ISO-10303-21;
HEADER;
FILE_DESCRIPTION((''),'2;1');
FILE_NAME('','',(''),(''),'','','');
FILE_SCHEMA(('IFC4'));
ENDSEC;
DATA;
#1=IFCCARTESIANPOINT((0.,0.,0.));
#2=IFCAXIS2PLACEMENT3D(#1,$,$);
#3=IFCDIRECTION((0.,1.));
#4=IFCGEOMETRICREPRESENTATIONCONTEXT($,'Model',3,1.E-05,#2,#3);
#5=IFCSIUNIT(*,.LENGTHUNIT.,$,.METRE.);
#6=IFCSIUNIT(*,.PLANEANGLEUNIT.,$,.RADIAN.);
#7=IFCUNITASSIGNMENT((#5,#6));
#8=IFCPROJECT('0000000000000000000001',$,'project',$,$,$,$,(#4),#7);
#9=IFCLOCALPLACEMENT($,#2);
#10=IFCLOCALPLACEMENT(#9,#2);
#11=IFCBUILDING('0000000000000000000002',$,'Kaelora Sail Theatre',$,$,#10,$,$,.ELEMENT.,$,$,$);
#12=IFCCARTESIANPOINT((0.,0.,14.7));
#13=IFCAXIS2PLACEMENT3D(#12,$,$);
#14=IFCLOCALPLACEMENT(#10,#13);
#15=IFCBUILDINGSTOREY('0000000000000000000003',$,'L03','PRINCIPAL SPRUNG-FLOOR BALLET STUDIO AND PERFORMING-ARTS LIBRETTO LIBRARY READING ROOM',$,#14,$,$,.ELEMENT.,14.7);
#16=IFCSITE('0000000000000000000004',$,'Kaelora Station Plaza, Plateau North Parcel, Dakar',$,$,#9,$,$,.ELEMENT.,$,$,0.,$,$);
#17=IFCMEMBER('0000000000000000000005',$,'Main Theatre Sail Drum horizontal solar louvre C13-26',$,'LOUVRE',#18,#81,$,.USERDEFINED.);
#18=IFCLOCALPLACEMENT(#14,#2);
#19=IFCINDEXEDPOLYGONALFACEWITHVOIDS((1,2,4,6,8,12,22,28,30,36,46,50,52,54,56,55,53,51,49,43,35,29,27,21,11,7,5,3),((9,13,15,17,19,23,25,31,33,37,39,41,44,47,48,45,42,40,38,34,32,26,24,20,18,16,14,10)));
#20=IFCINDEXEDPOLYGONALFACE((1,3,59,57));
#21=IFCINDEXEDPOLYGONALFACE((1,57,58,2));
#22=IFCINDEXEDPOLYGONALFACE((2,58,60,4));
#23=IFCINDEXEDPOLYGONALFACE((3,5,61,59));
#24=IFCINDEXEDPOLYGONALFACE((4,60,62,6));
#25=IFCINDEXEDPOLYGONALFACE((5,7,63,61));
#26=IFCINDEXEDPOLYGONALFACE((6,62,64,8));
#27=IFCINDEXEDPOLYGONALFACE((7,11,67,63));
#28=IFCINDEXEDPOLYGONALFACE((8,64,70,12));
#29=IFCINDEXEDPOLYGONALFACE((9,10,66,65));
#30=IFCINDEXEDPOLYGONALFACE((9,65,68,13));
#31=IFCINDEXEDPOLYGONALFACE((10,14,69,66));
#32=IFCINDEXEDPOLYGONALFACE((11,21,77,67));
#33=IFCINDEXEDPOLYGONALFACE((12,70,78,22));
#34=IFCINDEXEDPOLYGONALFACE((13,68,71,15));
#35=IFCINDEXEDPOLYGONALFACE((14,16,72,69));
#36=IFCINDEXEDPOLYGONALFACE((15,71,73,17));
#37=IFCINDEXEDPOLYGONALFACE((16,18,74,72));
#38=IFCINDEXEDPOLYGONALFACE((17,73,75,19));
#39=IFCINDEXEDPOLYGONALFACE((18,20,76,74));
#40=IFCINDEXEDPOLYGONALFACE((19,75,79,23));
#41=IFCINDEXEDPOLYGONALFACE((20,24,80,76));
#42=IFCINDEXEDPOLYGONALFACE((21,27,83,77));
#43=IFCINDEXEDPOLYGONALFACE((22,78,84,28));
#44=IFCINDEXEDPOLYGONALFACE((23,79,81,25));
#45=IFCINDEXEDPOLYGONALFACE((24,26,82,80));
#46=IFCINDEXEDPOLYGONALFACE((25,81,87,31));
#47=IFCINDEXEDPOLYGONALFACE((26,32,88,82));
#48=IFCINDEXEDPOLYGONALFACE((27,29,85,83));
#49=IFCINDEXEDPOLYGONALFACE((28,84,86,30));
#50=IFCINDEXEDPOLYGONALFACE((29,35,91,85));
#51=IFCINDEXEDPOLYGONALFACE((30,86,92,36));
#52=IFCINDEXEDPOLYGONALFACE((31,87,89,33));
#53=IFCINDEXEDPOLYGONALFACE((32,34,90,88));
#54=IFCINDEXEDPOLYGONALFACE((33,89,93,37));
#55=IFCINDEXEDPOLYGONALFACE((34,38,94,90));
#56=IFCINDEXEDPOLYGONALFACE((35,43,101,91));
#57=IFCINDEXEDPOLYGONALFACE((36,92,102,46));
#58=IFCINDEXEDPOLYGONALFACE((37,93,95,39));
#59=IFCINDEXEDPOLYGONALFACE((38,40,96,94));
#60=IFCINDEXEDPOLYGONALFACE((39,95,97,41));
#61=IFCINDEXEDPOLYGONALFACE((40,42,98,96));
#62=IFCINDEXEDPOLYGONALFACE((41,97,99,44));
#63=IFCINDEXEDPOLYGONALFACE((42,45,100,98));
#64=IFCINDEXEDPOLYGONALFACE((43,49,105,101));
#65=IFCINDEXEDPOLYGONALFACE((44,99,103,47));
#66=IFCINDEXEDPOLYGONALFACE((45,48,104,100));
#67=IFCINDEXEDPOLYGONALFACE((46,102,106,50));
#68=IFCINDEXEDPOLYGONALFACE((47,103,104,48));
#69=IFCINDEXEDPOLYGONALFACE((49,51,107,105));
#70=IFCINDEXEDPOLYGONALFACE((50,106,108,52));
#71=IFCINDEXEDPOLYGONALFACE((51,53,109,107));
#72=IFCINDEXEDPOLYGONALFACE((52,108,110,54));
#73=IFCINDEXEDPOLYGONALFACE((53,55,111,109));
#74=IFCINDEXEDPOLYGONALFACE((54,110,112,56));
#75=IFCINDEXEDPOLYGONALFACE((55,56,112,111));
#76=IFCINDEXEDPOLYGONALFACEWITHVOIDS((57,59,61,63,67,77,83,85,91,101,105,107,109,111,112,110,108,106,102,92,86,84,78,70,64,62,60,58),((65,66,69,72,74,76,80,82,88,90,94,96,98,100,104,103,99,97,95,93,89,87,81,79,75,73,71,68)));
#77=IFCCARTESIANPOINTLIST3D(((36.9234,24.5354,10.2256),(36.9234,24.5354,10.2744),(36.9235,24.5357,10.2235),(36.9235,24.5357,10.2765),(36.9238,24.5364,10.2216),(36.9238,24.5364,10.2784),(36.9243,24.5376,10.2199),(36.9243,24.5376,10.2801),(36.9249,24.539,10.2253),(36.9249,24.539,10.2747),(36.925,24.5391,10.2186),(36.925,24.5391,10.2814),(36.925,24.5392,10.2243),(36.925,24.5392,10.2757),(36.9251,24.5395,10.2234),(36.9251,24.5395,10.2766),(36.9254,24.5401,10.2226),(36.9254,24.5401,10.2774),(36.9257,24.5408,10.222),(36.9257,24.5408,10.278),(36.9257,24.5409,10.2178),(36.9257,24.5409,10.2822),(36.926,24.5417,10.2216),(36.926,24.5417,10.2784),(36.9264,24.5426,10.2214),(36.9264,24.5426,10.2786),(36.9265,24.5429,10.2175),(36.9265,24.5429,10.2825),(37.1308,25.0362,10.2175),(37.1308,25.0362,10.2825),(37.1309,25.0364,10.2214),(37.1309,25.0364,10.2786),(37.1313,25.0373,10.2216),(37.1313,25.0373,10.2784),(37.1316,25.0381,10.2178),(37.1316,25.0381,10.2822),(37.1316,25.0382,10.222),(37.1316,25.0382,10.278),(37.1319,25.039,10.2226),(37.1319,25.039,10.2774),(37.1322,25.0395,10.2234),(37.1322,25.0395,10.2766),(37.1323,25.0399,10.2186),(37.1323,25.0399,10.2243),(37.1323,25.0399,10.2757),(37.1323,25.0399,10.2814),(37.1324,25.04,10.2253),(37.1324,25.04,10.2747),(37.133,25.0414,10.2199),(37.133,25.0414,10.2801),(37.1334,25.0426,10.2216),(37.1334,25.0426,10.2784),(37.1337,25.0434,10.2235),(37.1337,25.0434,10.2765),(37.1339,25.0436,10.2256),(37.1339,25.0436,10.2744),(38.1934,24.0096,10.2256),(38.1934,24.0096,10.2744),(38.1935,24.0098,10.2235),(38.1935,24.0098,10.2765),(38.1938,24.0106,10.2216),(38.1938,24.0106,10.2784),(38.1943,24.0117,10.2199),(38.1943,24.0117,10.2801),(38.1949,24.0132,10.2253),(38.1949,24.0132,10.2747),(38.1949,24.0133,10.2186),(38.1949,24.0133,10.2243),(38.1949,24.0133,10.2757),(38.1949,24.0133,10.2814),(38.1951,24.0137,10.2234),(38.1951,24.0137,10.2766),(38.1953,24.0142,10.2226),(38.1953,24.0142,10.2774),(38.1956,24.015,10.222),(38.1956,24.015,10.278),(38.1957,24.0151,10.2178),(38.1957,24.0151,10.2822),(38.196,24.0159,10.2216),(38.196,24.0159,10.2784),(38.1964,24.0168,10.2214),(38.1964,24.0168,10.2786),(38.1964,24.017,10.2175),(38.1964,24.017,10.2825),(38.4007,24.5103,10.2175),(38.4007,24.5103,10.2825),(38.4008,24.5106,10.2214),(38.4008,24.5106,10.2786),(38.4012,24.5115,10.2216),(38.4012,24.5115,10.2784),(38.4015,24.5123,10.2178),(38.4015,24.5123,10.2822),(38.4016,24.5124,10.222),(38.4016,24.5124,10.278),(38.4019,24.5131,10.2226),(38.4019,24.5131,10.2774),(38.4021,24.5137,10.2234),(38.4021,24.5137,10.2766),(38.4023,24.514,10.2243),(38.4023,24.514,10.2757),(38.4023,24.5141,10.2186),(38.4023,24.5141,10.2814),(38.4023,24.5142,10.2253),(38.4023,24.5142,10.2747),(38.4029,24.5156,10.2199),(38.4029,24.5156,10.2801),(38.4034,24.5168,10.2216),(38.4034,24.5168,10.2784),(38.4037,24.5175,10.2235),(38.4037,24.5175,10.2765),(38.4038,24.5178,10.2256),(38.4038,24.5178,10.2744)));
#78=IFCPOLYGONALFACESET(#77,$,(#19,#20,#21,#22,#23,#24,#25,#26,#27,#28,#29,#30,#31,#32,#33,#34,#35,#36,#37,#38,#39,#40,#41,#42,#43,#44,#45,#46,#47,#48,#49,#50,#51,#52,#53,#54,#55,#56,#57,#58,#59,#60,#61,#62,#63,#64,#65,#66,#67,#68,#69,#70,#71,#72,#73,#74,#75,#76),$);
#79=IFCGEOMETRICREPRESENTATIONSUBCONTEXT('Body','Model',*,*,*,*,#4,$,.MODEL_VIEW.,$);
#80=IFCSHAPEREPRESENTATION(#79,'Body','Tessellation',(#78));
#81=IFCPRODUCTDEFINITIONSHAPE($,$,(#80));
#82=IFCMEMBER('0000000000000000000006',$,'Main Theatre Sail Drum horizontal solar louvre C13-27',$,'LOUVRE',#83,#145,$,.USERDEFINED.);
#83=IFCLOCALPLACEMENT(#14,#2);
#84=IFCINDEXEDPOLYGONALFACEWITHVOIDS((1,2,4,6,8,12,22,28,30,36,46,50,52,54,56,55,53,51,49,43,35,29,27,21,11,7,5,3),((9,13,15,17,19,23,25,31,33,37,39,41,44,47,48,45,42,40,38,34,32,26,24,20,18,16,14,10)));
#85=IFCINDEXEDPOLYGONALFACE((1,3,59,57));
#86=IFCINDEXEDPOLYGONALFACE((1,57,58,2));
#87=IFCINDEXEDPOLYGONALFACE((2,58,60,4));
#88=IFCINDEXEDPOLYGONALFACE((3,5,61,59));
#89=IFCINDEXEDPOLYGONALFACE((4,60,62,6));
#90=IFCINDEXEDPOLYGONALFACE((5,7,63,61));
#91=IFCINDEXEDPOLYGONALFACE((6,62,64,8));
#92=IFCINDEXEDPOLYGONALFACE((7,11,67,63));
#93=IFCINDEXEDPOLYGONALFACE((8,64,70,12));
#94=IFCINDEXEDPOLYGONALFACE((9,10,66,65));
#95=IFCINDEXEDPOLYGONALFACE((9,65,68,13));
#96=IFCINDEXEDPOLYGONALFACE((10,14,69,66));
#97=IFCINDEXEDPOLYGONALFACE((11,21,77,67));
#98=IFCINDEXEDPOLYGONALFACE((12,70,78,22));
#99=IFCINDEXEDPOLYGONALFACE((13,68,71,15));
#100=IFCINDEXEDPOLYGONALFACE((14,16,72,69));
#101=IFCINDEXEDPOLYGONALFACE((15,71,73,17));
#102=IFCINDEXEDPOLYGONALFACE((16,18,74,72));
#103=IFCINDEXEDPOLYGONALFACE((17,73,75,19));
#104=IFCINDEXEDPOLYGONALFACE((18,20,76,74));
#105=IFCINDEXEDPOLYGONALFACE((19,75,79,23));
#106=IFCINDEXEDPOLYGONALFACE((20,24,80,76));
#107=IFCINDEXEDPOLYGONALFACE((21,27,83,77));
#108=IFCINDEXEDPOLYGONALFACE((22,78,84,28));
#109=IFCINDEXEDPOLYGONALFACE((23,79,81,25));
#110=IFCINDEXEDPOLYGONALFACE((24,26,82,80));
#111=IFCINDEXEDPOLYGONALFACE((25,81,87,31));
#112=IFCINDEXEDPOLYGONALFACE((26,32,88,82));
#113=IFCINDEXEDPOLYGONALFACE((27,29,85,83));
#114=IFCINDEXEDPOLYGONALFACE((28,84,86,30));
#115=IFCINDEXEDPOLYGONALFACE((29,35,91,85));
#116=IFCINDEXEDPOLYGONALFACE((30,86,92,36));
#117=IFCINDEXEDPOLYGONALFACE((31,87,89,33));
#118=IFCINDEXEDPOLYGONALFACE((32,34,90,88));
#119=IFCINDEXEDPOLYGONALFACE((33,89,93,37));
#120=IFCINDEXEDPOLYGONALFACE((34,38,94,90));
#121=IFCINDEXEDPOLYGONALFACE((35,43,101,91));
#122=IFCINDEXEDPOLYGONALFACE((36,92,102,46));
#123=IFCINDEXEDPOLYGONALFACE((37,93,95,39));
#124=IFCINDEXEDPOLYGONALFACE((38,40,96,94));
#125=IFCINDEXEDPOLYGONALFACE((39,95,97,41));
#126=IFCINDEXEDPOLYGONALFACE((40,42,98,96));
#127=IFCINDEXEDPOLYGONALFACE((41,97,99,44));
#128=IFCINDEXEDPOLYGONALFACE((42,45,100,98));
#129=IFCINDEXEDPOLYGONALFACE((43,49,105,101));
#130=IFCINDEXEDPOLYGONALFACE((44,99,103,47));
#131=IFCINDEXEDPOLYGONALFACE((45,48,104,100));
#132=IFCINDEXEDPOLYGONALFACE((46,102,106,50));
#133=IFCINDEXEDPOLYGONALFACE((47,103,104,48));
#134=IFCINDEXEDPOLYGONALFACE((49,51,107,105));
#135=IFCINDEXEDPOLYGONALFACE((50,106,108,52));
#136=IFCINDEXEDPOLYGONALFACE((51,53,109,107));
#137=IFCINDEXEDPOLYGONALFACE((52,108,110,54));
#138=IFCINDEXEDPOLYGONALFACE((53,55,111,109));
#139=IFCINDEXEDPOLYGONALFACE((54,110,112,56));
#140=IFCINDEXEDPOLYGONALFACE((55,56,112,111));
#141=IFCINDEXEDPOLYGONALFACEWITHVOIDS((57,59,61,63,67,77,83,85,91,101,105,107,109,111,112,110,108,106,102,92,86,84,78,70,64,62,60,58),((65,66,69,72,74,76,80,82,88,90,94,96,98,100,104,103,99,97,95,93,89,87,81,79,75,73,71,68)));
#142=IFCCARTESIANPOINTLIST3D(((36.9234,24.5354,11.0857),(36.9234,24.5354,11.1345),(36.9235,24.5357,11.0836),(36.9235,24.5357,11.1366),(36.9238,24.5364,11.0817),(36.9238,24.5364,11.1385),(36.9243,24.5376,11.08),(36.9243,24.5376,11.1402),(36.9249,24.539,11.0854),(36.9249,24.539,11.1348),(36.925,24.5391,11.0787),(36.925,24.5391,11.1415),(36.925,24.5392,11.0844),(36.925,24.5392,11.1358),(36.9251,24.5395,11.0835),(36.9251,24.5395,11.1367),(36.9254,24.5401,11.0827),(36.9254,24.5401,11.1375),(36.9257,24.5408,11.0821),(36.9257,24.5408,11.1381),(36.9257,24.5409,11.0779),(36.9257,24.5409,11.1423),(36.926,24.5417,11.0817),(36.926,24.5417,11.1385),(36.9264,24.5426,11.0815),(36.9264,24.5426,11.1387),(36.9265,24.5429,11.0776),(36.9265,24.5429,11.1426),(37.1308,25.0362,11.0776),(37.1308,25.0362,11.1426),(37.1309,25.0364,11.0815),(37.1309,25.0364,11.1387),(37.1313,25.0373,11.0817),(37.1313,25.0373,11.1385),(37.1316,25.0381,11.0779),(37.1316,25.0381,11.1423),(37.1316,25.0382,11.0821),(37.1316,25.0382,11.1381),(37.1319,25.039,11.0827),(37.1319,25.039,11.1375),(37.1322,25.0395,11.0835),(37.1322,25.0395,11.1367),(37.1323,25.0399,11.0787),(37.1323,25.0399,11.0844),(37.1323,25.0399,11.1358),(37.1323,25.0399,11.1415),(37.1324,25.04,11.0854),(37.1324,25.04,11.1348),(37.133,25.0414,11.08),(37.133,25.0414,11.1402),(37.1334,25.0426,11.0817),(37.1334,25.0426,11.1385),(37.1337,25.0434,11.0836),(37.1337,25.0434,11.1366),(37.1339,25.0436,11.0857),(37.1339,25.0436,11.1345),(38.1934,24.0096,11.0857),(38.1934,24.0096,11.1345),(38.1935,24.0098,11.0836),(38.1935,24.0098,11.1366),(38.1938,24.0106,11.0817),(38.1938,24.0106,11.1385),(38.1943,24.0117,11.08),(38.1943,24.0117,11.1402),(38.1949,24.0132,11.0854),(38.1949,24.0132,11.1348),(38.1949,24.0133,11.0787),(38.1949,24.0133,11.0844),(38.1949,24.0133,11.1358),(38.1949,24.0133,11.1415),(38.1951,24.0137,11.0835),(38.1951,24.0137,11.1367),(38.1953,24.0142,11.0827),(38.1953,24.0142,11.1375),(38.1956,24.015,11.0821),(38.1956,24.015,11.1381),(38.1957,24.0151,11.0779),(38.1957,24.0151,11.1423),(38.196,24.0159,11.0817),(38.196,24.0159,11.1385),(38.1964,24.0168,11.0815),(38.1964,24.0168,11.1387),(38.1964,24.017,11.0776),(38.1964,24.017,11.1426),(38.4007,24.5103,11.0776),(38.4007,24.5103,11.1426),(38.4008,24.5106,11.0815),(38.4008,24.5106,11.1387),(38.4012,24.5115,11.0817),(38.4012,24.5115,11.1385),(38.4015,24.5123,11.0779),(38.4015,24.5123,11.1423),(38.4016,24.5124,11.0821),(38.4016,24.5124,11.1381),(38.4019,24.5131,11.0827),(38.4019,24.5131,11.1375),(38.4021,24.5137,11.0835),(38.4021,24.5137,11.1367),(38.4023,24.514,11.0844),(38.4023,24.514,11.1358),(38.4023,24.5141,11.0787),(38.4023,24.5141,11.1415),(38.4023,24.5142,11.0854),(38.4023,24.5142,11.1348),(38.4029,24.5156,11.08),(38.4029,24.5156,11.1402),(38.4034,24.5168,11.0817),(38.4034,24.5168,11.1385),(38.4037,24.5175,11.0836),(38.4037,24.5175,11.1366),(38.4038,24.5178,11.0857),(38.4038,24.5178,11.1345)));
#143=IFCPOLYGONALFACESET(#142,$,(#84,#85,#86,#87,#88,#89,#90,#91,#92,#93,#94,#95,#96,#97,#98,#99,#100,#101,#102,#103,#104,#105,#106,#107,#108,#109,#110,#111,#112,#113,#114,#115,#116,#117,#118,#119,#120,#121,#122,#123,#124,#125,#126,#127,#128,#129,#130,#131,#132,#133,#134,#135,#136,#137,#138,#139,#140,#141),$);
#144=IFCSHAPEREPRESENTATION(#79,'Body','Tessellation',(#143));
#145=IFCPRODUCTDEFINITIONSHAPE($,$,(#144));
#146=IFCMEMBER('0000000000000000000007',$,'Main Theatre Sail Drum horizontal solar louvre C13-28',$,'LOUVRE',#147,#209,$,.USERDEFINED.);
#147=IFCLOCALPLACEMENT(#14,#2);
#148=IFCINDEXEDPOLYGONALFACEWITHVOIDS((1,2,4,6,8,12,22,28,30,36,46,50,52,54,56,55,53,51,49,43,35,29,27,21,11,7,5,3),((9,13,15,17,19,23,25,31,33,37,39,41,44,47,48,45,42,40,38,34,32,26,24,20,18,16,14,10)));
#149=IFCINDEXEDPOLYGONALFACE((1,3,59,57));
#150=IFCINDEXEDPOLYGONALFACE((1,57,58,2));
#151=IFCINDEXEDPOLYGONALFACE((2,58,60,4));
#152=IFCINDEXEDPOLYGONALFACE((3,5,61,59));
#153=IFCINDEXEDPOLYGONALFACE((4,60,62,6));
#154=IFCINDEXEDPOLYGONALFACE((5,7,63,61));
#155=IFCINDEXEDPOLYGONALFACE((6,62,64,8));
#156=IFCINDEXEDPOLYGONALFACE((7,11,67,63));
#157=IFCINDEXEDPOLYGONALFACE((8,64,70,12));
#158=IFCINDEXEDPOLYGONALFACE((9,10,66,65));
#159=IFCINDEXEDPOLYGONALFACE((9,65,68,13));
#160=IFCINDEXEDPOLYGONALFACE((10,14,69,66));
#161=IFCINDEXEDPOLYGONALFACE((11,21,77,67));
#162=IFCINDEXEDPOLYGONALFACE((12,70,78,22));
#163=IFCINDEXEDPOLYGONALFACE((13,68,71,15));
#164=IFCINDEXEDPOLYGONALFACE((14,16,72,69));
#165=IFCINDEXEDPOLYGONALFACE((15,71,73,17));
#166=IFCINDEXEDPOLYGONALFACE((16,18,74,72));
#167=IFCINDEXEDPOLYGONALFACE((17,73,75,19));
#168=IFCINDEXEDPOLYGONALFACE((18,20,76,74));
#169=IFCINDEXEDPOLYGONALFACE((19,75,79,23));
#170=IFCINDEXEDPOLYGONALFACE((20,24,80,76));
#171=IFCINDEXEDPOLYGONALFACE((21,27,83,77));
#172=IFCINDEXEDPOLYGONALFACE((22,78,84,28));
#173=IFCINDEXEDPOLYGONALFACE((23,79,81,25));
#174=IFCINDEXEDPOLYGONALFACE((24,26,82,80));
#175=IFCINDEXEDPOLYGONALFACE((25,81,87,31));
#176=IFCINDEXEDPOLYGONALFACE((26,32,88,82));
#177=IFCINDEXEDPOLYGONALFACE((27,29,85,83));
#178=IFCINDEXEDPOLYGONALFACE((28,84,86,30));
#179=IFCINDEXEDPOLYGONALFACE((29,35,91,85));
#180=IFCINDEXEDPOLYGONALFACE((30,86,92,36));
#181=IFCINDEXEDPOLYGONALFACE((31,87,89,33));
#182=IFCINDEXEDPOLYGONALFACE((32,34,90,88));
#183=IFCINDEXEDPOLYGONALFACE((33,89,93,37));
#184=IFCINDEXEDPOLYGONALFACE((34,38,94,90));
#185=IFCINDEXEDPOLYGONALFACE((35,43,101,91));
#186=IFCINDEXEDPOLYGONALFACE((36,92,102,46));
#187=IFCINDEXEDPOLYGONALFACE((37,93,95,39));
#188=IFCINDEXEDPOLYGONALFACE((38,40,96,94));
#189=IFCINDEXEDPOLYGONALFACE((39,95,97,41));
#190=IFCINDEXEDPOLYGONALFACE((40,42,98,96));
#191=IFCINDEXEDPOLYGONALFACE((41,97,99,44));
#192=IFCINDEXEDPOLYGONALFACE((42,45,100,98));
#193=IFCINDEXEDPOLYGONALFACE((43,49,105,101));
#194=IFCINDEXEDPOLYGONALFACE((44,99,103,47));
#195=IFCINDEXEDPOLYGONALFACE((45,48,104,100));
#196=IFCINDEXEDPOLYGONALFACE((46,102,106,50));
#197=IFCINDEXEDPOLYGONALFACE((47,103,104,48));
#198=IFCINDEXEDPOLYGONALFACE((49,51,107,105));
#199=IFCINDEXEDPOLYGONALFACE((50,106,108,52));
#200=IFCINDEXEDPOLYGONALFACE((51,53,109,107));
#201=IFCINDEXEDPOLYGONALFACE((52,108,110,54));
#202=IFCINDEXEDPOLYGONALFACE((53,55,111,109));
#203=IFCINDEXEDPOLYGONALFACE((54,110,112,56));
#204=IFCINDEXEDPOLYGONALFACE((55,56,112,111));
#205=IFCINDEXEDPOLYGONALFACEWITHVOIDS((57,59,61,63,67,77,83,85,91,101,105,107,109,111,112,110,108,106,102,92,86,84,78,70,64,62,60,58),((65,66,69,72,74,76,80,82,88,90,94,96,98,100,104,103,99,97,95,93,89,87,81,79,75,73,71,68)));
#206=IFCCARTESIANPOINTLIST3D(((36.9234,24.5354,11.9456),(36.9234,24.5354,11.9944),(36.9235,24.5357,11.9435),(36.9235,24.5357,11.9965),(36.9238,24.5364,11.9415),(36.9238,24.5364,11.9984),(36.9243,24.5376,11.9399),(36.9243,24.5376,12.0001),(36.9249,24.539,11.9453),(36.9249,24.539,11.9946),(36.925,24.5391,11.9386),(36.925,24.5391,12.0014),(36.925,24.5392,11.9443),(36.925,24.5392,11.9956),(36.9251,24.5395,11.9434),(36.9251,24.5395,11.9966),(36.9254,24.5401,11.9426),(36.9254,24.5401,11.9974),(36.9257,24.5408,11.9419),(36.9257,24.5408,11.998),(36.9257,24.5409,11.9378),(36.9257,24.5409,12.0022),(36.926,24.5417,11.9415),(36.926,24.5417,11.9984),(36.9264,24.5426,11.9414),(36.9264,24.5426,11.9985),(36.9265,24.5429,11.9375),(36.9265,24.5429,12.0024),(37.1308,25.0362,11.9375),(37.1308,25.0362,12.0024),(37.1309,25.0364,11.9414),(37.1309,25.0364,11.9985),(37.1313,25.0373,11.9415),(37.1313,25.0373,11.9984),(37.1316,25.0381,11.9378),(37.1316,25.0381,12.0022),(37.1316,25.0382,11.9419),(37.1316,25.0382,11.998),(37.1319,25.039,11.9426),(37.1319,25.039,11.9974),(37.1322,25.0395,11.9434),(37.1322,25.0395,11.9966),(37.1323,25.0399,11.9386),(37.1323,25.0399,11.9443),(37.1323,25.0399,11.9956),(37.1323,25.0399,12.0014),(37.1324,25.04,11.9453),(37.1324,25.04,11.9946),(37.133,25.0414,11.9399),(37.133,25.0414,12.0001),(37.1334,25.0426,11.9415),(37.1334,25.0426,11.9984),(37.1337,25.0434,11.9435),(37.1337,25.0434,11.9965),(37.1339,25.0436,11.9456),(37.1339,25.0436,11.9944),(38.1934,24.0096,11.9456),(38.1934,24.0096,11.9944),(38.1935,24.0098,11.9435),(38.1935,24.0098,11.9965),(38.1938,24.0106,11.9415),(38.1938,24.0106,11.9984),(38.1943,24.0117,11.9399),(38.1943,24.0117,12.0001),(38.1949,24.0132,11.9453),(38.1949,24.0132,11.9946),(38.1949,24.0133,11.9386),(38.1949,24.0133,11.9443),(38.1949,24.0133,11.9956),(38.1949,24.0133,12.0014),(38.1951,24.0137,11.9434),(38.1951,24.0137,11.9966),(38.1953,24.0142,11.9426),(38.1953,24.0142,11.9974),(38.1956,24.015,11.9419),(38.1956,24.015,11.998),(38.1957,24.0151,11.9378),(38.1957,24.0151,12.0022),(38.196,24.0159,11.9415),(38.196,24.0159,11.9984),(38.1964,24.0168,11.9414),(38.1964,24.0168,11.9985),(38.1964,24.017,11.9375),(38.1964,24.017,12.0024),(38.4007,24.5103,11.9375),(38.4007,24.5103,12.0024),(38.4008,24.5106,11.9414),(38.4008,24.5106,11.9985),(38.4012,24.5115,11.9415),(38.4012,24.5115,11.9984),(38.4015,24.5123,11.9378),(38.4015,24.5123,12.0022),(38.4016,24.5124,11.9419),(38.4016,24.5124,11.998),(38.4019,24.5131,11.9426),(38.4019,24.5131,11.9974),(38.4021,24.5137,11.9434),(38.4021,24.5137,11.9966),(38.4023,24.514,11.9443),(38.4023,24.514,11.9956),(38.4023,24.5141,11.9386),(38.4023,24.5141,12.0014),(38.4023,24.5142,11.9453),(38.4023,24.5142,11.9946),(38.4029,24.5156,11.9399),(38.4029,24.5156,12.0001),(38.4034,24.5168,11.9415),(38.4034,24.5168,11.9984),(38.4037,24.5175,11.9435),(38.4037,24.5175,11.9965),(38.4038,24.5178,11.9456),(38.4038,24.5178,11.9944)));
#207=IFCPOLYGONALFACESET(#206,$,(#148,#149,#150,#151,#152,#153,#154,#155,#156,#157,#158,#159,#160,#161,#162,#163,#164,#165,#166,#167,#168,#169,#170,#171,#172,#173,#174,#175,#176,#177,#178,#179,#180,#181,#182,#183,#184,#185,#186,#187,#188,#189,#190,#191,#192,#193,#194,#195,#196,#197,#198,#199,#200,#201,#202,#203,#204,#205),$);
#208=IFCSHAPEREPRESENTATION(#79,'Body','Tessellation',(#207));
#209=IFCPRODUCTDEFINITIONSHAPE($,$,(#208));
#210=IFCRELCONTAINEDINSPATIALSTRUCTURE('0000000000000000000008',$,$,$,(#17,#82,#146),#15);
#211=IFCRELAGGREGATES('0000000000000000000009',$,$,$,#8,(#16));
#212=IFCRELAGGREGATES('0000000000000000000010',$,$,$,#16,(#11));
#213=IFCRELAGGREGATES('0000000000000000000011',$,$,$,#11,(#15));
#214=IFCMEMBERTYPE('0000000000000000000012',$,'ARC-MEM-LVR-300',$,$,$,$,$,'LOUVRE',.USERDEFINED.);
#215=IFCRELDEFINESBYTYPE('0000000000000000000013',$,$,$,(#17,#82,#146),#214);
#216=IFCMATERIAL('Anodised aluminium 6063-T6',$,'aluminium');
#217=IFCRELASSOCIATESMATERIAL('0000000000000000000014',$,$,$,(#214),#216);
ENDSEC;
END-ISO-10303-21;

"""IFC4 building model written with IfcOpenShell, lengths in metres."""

from ifc_helpers import new_model, si_unit, direction, frame, origin, origin_2d, place, context, subcontext, project, spatial, hollow_rectangle, extrude, material, material_profile, profile_set, type_object, element, save


model = new_model("IFC4")

# Units and contexts
model_context = context("Model", 3, precision=1e-05, world=origin(), true_north=direction((0.0, 1.0)))
body_context = subcontext(model_context, "Body", "Model", "MODEL_VIEW")
ifc_project = project(units=[si_unit("LENGTHUNIT", "METRE"), si_unit("PLANEANGLEUNIT", "RADIAN")], contexts=[model_context])

# Site, building, storey
site_placement = place(None, origin())
site = spatial("IfcSite", under=ifc_project, at=site_placement, Name="Kaelora Station Plaza, Plateau North Parcel, Dakar", CompositionType="ELEMENT", RefElevation=0.0)
building_placement = place(site_placement, origin())
building = spatial("IfcBuilding", under=site, at=building_placement, Name="Kaelora Sail Theatre", CompositionType="ELEMENT")
storey_placement = place(building_placement, frame((0.0, 0.0, 14.7)))
storey = spatial("IfcBuildingStorey", under=building, at=storey_placement, Name="L03", Description="PRINCIPAL SPRUNG-FLOOR BALLET STUDIO AND PERFORMING-ARTS LIBRETTO LIBRARY READING ROOM", CompositionType="ELEMENT", Elevation=14.7)

# Members
ifc_material = material(Name="Anodised aluminium 6063-T6", Category="aluminium")
ifc_material_profile = material_profile(ifc_material, hollow_rectangle(XDim=0.55, YDim=0.0649, WallThickness=0.0039, InnerFilletRadius=0.0039, OuterFilletRadius=0.0081, at=origin_2d()), Name="LOUVRE 550x65x4")
ifc_profile_set = profile_set([ifc_material_profile], Name="Anodised aluminium 6063-T6")
member_type = type_object("IfcMemberType", Name="ARC-MEM-LVR-300", ElementType="LOUVRE", PredefinedType="USERDEFINED", material=ifc_profile_set)
for number, where, z_axis, x_axis, name in (
    (1, (38.2986, 24.2637, 10.25), (-0.923926, 0.382571, 0.0), (-0.382571, -0.923926, 0.0), "Main Theatre Sail Drum horizontal solar louvre C13-26"),
    (2, (38.2986, 24.2637, 11.1101), (-0.923926, 0.382571, 0.0), (-0.382571, -0.923926, 0.0), "Main Theatre Sail Drum horizontal solar louvre C13-27"),
    (3, (38.2986, 24.2637, 11.97), (-0.923926, 0.382571, 0.0), (-0.382571, -0.923926, 0.0), "Main Theatre Sail Drum horizontal solar louvre C13-28"),
):
    element("IfcMember", number, at=place(storey_placement, frame(where, z_axis=z_axis, x_axis=x_axis)), inside=storey, type_object=member_type, Name=name, ObjectType="LOUVRE", PredefinedType="USERDEFINED", context=body_context, shape_type="SweptSolid", body=[
        extrude(hollow_rectangle(XDim=0.55, YDim=0.0649, WallThickness=0.0039, InnerFilletRadius=0.0039, OuterFilletRadius=0.0081, at=origin_2d()), origin(), (0.0, 0.0, 1.0), 1.3745),
    ])

save(model, "model.ifc")
